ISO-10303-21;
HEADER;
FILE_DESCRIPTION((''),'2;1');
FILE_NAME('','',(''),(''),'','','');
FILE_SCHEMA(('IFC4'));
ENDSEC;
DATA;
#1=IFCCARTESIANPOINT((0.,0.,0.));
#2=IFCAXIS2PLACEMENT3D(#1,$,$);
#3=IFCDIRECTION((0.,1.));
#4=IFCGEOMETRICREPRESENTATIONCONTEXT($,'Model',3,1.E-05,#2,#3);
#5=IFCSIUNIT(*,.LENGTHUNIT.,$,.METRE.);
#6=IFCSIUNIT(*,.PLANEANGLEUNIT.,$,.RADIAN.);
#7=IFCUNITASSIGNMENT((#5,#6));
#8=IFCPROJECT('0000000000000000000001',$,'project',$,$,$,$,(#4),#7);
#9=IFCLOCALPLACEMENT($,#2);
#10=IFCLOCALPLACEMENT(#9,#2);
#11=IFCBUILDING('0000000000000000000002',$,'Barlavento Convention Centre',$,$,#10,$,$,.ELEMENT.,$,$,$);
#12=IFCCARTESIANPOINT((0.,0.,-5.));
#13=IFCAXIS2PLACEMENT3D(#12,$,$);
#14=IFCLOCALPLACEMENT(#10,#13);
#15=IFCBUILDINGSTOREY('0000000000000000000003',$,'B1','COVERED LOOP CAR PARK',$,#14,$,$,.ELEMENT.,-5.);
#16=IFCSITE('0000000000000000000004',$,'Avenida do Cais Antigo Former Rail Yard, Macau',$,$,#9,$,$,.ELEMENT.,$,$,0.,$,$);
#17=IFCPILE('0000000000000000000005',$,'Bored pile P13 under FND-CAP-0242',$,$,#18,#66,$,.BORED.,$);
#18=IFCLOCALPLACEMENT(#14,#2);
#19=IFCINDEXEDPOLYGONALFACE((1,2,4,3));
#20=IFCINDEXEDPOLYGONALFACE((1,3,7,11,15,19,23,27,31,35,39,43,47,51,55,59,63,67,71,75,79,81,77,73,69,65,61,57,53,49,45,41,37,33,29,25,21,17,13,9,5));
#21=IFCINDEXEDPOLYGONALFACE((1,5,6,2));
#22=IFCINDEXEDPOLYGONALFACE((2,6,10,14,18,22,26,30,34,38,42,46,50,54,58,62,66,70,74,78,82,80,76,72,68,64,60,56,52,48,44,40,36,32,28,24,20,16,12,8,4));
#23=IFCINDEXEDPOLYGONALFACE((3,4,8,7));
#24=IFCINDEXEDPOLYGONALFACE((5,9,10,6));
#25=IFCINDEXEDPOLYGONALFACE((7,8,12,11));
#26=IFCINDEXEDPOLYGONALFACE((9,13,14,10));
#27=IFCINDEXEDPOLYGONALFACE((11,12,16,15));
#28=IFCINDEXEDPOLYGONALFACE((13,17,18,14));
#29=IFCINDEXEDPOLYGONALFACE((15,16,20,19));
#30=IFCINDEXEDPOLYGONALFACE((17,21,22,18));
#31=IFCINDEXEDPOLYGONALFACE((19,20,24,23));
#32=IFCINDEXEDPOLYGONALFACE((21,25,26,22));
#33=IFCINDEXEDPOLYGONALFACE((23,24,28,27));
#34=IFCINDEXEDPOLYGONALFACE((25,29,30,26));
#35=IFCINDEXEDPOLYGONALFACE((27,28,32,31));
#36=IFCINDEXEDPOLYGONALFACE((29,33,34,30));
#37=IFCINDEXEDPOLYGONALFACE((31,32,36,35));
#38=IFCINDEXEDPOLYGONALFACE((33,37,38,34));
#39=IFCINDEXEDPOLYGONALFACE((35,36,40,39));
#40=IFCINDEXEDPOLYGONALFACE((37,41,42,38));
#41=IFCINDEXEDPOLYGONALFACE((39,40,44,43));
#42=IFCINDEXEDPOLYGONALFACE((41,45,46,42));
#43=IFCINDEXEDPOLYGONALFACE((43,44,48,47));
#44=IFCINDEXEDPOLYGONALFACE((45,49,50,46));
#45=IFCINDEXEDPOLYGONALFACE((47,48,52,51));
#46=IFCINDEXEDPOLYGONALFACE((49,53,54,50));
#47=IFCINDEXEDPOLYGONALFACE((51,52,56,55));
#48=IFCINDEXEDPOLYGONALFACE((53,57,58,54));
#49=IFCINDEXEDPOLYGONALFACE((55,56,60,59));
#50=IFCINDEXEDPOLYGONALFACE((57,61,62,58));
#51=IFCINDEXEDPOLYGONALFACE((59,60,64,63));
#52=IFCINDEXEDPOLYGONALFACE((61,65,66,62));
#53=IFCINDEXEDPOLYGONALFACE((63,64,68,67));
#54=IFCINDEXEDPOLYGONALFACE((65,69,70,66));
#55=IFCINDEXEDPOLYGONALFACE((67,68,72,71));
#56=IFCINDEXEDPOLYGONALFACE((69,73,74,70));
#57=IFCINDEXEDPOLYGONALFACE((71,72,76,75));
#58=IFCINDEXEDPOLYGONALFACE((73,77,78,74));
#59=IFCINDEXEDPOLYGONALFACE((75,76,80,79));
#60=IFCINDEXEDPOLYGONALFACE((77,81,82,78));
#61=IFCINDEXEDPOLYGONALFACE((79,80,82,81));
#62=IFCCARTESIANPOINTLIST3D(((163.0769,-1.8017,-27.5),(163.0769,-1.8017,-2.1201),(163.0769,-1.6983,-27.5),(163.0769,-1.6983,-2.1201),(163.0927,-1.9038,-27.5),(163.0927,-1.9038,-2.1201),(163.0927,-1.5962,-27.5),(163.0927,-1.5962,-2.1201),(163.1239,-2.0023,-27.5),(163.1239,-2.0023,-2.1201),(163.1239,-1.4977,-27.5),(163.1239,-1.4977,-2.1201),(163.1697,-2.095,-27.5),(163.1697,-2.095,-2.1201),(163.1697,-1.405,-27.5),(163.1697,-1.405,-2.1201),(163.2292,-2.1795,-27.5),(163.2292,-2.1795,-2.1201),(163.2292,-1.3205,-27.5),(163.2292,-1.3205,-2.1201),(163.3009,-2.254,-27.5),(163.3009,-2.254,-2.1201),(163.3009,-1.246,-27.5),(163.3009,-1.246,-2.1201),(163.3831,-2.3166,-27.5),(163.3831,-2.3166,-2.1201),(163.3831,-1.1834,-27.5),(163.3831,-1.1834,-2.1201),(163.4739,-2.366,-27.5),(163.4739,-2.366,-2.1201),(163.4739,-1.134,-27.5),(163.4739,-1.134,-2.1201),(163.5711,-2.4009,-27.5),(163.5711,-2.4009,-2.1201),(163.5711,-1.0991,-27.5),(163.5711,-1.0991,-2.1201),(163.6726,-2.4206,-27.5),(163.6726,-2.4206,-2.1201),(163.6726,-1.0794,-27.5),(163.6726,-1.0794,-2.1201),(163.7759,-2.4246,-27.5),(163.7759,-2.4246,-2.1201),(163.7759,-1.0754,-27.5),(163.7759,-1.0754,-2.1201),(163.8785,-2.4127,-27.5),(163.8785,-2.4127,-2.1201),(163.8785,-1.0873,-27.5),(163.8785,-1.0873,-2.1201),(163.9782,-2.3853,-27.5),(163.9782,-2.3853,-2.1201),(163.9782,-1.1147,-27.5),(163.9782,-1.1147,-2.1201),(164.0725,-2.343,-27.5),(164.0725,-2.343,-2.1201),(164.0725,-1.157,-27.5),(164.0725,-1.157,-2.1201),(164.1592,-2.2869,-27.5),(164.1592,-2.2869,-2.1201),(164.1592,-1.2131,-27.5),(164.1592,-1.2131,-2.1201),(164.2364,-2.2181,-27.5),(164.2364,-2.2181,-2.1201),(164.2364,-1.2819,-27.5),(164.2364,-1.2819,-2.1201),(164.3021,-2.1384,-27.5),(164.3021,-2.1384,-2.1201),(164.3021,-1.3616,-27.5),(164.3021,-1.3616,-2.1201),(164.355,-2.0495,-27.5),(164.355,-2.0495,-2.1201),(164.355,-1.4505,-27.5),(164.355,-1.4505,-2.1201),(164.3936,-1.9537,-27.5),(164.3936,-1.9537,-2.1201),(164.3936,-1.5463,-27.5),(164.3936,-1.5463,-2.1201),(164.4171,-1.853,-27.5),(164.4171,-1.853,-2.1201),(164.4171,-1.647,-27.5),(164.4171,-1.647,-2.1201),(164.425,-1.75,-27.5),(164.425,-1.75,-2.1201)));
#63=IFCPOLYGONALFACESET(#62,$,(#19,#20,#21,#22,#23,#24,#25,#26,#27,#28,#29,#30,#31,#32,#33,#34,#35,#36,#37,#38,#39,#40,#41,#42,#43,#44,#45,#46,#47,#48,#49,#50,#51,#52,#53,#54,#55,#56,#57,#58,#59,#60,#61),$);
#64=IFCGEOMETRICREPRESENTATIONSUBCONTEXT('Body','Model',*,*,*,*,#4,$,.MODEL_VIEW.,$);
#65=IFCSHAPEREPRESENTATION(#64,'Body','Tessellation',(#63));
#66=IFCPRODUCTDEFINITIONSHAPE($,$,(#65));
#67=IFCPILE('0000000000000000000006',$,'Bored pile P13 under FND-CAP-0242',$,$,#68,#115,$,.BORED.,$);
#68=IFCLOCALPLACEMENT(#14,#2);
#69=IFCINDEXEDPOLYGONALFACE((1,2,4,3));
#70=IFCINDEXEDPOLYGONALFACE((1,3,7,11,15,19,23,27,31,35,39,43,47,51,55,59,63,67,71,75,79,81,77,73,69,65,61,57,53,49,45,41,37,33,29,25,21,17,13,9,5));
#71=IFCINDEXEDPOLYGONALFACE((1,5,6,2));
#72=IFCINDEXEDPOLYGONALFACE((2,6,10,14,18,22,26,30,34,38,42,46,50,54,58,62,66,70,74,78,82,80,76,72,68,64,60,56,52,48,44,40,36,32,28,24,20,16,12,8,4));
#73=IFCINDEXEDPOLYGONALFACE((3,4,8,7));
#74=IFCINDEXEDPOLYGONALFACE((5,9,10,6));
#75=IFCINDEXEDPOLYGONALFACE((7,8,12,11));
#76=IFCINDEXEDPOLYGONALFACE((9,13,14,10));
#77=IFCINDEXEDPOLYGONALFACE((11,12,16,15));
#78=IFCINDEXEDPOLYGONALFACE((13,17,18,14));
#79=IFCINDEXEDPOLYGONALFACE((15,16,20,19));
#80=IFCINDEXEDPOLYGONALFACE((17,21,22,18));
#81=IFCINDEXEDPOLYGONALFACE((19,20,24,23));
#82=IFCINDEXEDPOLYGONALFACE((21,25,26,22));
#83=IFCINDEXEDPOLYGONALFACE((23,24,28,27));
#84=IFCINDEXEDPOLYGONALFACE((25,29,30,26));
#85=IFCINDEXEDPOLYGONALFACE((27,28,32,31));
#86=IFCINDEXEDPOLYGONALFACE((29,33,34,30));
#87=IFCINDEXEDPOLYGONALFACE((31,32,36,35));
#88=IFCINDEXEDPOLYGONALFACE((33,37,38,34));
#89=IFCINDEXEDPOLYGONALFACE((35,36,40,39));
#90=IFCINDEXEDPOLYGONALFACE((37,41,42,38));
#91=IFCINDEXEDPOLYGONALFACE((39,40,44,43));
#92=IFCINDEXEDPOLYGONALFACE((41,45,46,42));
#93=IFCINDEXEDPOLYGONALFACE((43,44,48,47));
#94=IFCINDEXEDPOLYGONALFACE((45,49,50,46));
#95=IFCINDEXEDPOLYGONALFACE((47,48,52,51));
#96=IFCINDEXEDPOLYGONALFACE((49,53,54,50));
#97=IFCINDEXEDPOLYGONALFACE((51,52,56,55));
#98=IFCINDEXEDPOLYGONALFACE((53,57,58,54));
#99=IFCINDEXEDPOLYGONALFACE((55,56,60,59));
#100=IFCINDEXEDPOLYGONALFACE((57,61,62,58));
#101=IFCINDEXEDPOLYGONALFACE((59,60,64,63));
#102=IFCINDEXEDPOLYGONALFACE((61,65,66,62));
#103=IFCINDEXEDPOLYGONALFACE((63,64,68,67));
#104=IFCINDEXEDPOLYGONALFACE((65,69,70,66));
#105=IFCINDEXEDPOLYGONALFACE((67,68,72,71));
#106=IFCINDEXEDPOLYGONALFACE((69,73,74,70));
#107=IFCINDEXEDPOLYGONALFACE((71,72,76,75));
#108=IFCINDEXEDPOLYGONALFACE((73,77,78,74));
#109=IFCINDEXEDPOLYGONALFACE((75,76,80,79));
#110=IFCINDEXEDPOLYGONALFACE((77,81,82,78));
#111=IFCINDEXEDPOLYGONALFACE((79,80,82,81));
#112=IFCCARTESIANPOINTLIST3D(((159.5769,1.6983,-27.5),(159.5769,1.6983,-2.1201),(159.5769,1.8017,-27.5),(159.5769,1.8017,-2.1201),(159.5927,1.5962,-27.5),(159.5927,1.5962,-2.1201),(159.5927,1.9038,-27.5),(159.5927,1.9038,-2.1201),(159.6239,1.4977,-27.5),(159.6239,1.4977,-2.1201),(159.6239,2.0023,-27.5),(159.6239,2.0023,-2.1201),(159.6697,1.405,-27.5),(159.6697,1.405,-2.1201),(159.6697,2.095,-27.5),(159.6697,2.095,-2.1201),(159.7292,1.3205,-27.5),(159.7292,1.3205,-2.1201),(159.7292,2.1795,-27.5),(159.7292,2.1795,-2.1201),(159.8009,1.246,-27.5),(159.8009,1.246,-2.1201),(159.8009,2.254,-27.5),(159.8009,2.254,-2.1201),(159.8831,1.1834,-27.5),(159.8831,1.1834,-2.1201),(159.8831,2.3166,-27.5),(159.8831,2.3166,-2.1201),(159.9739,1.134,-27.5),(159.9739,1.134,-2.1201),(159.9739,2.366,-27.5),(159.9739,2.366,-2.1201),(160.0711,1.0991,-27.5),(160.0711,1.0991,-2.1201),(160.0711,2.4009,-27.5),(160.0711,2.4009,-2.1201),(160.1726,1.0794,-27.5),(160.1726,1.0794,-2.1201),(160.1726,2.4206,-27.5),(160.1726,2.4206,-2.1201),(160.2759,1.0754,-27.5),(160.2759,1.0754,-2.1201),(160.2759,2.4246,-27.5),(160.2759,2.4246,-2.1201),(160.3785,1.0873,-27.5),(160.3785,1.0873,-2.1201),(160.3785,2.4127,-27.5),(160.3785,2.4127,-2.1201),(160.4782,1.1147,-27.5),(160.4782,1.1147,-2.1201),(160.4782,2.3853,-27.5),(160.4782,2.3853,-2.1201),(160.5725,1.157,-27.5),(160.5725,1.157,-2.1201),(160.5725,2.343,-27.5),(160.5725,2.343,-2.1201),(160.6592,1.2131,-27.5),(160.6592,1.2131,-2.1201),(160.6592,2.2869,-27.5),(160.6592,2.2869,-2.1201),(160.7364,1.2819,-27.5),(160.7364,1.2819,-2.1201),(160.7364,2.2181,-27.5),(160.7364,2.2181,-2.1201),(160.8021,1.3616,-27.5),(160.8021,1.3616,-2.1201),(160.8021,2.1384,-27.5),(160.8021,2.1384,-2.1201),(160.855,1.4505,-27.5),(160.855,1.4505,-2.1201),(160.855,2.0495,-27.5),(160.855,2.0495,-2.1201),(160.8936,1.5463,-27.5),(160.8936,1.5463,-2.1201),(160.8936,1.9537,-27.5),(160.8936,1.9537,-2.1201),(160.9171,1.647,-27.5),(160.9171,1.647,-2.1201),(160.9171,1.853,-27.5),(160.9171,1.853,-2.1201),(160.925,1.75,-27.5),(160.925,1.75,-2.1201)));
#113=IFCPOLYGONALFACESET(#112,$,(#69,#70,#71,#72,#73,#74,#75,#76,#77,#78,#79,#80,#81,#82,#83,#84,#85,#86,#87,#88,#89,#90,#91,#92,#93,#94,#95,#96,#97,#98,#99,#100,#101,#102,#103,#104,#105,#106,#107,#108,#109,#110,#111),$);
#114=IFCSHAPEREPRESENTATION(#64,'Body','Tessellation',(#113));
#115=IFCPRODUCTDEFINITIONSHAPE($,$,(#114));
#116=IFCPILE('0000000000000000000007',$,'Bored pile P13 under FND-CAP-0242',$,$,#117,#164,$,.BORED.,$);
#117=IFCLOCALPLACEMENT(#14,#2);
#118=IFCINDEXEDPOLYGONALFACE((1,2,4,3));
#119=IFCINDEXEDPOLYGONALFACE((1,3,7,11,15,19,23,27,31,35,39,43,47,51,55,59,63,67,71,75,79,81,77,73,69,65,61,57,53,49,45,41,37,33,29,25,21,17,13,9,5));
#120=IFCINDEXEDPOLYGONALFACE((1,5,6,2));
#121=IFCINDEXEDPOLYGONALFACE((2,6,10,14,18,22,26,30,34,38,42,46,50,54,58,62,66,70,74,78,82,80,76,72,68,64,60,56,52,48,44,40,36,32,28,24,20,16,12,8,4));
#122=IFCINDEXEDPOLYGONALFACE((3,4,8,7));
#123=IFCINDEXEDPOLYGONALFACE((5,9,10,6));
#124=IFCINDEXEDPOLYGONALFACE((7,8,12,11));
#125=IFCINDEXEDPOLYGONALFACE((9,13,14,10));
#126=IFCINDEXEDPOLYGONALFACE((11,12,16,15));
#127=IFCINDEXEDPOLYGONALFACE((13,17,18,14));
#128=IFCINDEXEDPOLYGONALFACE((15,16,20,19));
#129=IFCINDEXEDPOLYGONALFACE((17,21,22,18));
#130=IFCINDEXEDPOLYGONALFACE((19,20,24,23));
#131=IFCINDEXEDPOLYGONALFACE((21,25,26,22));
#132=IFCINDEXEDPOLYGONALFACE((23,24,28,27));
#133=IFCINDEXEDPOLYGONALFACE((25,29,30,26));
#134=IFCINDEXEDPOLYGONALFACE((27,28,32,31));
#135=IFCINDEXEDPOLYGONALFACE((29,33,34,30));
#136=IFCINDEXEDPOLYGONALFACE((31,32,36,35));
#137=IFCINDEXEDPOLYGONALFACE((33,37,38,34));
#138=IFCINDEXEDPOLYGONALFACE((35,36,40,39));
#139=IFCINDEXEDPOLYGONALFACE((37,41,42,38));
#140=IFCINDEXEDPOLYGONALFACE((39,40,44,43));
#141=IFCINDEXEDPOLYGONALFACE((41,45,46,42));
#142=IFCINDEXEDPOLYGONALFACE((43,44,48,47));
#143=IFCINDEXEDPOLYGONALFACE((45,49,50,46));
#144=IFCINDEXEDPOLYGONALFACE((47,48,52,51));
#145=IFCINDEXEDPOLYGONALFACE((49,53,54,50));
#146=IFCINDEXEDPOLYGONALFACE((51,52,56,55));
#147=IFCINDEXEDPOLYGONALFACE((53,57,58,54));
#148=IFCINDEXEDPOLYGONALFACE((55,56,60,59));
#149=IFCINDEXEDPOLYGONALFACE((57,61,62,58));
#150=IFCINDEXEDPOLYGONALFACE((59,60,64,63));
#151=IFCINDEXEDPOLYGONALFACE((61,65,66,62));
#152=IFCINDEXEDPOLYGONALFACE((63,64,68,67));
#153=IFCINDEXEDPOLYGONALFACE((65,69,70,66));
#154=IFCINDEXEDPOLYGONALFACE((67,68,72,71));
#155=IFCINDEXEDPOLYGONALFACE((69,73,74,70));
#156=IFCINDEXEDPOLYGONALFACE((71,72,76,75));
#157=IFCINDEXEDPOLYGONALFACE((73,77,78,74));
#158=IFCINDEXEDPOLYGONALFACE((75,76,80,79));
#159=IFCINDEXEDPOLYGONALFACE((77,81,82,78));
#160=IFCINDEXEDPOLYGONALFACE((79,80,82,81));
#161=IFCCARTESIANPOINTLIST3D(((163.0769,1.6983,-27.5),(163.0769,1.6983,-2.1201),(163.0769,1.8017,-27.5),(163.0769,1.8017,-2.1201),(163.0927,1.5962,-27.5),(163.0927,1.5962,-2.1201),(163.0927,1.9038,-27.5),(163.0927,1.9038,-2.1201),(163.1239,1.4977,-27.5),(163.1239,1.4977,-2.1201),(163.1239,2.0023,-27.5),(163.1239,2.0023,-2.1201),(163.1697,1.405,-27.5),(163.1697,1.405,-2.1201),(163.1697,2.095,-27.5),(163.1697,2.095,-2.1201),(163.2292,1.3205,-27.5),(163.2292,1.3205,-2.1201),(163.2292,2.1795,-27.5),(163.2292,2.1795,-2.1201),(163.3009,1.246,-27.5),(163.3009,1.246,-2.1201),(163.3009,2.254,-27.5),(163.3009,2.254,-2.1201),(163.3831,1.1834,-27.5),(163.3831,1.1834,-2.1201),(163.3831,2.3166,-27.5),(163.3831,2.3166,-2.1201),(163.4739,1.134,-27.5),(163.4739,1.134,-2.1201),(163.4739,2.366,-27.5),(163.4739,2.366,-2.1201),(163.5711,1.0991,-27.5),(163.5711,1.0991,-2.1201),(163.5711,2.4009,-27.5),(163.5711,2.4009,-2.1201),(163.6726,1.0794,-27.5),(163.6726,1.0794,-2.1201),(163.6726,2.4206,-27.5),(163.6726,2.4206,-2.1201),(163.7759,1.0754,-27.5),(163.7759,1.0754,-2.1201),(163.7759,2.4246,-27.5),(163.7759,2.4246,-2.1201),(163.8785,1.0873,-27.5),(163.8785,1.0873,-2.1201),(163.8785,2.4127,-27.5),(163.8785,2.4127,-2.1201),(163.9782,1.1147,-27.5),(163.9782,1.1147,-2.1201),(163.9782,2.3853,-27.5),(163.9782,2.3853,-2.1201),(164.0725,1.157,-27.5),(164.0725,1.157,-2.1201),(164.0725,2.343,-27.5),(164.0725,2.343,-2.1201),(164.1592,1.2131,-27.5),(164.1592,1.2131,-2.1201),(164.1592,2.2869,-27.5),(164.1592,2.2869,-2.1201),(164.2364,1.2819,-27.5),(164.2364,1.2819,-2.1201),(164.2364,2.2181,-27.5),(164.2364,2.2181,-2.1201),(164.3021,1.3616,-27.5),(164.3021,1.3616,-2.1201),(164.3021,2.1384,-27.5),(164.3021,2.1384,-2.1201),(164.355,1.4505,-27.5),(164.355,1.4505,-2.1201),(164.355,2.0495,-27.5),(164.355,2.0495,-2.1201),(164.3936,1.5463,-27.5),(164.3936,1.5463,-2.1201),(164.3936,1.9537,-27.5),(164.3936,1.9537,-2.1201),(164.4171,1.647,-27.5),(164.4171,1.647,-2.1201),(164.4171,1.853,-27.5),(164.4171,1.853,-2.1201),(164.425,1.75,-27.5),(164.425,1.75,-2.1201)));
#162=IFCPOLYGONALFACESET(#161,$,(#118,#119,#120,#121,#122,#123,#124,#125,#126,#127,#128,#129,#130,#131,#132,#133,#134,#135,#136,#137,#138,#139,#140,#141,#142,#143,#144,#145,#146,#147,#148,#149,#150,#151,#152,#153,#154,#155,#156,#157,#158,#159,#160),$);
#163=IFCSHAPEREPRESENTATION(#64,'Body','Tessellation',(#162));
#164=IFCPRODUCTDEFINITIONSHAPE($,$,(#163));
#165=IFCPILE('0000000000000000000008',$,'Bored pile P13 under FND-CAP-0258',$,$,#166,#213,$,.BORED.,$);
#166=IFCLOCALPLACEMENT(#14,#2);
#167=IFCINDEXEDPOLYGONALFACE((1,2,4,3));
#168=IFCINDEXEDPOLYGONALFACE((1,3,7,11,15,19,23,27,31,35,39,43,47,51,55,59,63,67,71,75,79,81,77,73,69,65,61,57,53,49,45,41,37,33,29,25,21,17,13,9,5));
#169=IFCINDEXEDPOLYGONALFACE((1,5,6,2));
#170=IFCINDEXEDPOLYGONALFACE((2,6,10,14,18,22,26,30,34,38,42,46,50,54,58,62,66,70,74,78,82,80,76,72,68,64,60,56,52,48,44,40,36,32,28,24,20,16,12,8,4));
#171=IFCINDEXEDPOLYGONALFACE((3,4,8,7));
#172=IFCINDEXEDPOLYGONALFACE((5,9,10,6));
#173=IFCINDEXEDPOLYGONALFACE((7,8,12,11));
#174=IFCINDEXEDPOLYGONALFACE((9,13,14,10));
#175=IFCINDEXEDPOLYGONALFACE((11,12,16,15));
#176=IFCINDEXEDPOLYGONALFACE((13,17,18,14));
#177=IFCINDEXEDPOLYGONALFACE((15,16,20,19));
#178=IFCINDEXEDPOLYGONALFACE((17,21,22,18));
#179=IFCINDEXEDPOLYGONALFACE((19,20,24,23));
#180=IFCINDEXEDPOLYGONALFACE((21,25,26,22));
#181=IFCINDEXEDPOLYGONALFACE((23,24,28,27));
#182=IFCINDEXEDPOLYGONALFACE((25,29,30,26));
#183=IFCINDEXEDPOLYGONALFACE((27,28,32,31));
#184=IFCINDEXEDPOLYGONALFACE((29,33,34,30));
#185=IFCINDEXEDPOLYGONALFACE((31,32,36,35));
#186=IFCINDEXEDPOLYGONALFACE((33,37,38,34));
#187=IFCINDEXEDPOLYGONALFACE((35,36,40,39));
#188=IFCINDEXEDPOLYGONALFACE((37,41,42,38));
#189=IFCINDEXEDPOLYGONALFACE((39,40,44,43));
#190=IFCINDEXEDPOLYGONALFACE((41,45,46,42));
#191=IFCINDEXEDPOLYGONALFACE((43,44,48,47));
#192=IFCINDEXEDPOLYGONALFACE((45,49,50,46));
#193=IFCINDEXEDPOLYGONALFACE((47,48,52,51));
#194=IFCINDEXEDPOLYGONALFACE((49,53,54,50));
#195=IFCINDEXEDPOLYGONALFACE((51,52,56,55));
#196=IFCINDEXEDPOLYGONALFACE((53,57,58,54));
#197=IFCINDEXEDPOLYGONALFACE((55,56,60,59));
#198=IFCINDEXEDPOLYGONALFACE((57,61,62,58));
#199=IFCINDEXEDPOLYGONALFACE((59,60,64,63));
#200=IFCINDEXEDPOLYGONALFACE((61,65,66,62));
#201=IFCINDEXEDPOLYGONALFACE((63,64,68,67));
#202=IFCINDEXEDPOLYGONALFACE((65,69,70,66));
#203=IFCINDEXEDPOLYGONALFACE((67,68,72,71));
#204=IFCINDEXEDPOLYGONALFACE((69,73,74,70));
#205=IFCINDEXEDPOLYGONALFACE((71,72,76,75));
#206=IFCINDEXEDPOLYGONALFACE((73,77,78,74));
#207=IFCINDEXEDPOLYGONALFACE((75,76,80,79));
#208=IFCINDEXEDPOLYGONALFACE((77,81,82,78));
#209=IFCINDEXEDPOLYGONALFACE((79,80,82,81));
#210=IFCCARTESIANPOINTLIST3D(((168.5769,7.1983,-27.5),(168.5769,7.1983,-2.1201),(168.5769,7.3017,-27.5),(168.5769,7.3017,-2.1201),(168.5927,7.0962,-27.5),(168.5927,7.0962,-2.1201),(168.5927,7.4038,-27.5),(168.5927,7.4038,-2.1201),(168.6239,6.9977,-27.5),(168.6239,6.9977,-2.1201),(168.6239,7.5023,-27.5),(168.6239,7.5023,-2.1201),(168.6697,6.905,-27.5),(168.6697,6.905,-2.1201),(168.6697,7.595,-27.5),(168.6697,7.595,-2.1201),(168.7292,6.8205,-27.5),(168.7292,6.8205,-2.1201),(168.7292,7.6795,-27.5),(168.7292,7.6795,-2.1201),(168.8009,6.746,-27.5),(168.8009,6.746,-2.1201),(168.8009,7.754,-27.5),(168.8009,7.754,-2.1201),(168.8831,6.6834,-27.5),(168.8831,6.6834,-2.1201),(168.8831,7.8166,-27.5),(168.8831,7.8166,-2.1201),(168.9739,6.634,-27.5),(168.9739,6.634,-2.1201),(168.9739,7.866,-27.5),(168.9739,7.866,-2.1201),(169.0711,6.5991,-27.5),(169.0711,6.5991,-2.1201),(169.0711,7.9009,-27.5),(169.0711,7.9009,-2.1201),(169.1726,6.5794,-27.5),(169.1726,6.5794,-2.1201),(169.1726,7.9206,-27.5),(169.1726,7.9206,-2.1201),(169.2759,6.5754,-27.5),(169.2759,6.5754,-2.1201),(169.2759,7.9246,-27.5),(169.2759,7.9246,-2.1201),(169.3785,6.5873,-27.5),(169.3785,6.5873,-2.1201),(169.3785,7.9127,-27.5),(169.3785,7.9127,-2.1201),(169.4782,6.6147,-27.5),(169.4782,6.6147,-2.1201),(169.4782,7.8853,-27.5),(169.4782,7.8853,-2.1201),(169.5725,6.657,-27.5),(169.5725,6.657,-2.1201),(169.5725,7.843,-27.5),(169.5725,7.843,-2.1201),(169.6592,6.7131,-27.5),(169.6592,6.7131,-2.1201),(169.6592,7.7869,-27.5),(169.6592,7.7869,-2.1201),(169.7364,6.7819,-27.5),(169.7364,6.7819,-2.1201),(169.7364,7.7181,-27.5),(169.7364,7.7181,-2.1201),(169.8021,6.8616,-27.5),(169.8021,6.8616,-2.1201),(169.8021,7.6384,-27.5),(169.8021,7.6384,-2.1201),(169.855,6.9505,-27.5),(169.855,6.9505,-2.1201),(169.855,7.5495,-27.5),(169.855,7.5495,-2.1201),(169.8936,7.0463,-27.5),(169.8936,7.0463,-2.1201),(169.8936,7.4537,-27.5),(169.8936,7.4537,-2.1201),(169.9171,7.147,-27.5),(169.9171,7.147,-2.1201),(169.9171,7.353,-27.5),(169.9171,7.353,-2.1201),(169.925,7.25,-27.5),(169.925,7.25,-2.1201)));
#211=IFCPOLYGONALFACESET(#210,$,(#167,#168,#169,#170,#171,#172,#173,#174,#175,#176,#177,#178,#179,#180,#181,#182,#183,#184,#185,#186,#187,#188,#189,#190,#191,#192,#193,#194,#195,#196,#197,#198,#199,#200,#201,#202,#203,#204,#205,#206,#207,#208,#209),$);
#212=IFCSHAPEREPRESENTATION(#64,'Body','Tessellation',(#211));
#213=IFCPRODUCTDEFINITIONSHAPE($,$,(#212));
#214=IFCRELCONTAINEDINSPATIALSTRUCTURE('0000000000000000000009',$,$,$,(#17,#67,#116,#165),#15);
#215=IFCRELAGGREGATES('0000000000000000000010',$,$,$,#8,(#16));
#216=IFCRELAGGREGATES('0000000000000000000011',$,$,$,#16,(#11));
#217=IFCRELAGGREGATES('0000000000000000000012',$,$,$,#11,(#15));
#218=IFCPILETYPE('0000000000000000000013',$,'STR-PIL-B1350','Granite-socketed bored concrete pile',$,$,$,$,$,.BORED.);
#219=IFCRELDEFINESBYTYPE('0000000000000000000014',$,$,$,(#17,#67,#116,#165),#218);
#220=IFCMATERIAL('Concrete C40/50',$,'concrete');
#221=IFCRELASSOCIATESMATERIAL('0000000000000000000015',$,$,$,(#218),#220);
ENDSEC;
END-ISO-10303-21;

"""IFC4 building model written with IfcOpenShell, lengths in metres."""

from ifc_helpers import new_model, si_unit, direction, frame, origin, origin_2d, place, context, subcontext, project, spatial, circle, extrude, material, material_profile, profile_set, type_object, element, save


model = new_model("IFC4")

# Units and contexts
model_context = context("Model", 3, precision=1e-05, world=origin(), true_north=direction((0.0, 1.0)))
body_context = subcontext(model_context, "Body", "Model", "MODEL_VIEW")
ifc_project = project(units=[si_unit("LENGTHUNIT", "METRE"), si_unit("PLANEANGLEUNIT", "RADIAN")], contexts=[model_context])

# Site, building, storey
site_placement = place(None, origin())
site = spatial("IfcSite", under=ifc_project, at=site_placement, Name="Avenida do Cais Antigo Former Rail Yard, Macau", CompositionType="ELEMENT", RefElevation=0.0)
building_placement = place(site_placement, origin())
building = spatial("IfcBuilding", under=site, at=building_placement, Name="Barlavento Convention Centre", CompositionType="ELEMENT")
storey_placement = place(building_placement, frame((0.0, 0.0, -5.0)))
storey = spatial("IfcBuildingStorey", under=building, at=storey_placement, Name="B1", Description="COVERED LOOP CAR PARK", CompositionType="ELEMENT", Elevation=-5.0)

# Shared definitions
ifc_material_1 = material(Name="Concrete C40/50", Category="concrete")

# Piles
ifc_material_profile_1 = material_profile(ifc_material_1, circle(Radius=0.675, at=origin_2d()), Name="BORED PILE 1350")
ifc_profile_set_1 = profile_set([ifc_material_profile_1], Name="Concrete C40/50")
pile_type_1 = type_object("IfcPileType", Name="STR-PIL-B1350", Description="Granite-socketed bored concrete pile", PredefinedType="BORED", material=ifc_profile_set_1)
for number, where, z_axis, x_axis, name in (
    (1, (163.75, -1.75, -2.1201), (0.0, 0.0, -1.0), (1.0, 0.0, 0.0), "Bored pile P13 under FND-CAP-0242"),
    (2, (160.25, 1.75, -2.1201), (0.0, 0.0, -1.0), (1.0, 0.0, 0.0), "Bored pile P13 under FND-CAP-0242"),
    (3, (163.75, 1.75, -2.1201), (0.0, 0.0, -1.0), (1.0, 0.0, 0.0), "Bored pile P13 under FND-CAP-0242"),
    (4, (169.25, 7.25, -2.1201), (0.0, 0.0, -1.0), (1.0, 0.0, 0.0), "Bored pile P13 under FND-CAP-0258"),
):
    element("IfcPile", number, at=place(storey_placement, frame(where, z_axis=z_axis, x_axis=x_axis)), inside=storey, type_object=pile_type_1, Name=name, PredefinedType="BORED", context=body_context, shape_type="SweptSolid", body=[
        extrude(circle(Radius=0.675, at=origin_2d()), origin(), (0.0, 0.0, 1.0), 25.3799),
    ])

save(model, "model.ifc")
